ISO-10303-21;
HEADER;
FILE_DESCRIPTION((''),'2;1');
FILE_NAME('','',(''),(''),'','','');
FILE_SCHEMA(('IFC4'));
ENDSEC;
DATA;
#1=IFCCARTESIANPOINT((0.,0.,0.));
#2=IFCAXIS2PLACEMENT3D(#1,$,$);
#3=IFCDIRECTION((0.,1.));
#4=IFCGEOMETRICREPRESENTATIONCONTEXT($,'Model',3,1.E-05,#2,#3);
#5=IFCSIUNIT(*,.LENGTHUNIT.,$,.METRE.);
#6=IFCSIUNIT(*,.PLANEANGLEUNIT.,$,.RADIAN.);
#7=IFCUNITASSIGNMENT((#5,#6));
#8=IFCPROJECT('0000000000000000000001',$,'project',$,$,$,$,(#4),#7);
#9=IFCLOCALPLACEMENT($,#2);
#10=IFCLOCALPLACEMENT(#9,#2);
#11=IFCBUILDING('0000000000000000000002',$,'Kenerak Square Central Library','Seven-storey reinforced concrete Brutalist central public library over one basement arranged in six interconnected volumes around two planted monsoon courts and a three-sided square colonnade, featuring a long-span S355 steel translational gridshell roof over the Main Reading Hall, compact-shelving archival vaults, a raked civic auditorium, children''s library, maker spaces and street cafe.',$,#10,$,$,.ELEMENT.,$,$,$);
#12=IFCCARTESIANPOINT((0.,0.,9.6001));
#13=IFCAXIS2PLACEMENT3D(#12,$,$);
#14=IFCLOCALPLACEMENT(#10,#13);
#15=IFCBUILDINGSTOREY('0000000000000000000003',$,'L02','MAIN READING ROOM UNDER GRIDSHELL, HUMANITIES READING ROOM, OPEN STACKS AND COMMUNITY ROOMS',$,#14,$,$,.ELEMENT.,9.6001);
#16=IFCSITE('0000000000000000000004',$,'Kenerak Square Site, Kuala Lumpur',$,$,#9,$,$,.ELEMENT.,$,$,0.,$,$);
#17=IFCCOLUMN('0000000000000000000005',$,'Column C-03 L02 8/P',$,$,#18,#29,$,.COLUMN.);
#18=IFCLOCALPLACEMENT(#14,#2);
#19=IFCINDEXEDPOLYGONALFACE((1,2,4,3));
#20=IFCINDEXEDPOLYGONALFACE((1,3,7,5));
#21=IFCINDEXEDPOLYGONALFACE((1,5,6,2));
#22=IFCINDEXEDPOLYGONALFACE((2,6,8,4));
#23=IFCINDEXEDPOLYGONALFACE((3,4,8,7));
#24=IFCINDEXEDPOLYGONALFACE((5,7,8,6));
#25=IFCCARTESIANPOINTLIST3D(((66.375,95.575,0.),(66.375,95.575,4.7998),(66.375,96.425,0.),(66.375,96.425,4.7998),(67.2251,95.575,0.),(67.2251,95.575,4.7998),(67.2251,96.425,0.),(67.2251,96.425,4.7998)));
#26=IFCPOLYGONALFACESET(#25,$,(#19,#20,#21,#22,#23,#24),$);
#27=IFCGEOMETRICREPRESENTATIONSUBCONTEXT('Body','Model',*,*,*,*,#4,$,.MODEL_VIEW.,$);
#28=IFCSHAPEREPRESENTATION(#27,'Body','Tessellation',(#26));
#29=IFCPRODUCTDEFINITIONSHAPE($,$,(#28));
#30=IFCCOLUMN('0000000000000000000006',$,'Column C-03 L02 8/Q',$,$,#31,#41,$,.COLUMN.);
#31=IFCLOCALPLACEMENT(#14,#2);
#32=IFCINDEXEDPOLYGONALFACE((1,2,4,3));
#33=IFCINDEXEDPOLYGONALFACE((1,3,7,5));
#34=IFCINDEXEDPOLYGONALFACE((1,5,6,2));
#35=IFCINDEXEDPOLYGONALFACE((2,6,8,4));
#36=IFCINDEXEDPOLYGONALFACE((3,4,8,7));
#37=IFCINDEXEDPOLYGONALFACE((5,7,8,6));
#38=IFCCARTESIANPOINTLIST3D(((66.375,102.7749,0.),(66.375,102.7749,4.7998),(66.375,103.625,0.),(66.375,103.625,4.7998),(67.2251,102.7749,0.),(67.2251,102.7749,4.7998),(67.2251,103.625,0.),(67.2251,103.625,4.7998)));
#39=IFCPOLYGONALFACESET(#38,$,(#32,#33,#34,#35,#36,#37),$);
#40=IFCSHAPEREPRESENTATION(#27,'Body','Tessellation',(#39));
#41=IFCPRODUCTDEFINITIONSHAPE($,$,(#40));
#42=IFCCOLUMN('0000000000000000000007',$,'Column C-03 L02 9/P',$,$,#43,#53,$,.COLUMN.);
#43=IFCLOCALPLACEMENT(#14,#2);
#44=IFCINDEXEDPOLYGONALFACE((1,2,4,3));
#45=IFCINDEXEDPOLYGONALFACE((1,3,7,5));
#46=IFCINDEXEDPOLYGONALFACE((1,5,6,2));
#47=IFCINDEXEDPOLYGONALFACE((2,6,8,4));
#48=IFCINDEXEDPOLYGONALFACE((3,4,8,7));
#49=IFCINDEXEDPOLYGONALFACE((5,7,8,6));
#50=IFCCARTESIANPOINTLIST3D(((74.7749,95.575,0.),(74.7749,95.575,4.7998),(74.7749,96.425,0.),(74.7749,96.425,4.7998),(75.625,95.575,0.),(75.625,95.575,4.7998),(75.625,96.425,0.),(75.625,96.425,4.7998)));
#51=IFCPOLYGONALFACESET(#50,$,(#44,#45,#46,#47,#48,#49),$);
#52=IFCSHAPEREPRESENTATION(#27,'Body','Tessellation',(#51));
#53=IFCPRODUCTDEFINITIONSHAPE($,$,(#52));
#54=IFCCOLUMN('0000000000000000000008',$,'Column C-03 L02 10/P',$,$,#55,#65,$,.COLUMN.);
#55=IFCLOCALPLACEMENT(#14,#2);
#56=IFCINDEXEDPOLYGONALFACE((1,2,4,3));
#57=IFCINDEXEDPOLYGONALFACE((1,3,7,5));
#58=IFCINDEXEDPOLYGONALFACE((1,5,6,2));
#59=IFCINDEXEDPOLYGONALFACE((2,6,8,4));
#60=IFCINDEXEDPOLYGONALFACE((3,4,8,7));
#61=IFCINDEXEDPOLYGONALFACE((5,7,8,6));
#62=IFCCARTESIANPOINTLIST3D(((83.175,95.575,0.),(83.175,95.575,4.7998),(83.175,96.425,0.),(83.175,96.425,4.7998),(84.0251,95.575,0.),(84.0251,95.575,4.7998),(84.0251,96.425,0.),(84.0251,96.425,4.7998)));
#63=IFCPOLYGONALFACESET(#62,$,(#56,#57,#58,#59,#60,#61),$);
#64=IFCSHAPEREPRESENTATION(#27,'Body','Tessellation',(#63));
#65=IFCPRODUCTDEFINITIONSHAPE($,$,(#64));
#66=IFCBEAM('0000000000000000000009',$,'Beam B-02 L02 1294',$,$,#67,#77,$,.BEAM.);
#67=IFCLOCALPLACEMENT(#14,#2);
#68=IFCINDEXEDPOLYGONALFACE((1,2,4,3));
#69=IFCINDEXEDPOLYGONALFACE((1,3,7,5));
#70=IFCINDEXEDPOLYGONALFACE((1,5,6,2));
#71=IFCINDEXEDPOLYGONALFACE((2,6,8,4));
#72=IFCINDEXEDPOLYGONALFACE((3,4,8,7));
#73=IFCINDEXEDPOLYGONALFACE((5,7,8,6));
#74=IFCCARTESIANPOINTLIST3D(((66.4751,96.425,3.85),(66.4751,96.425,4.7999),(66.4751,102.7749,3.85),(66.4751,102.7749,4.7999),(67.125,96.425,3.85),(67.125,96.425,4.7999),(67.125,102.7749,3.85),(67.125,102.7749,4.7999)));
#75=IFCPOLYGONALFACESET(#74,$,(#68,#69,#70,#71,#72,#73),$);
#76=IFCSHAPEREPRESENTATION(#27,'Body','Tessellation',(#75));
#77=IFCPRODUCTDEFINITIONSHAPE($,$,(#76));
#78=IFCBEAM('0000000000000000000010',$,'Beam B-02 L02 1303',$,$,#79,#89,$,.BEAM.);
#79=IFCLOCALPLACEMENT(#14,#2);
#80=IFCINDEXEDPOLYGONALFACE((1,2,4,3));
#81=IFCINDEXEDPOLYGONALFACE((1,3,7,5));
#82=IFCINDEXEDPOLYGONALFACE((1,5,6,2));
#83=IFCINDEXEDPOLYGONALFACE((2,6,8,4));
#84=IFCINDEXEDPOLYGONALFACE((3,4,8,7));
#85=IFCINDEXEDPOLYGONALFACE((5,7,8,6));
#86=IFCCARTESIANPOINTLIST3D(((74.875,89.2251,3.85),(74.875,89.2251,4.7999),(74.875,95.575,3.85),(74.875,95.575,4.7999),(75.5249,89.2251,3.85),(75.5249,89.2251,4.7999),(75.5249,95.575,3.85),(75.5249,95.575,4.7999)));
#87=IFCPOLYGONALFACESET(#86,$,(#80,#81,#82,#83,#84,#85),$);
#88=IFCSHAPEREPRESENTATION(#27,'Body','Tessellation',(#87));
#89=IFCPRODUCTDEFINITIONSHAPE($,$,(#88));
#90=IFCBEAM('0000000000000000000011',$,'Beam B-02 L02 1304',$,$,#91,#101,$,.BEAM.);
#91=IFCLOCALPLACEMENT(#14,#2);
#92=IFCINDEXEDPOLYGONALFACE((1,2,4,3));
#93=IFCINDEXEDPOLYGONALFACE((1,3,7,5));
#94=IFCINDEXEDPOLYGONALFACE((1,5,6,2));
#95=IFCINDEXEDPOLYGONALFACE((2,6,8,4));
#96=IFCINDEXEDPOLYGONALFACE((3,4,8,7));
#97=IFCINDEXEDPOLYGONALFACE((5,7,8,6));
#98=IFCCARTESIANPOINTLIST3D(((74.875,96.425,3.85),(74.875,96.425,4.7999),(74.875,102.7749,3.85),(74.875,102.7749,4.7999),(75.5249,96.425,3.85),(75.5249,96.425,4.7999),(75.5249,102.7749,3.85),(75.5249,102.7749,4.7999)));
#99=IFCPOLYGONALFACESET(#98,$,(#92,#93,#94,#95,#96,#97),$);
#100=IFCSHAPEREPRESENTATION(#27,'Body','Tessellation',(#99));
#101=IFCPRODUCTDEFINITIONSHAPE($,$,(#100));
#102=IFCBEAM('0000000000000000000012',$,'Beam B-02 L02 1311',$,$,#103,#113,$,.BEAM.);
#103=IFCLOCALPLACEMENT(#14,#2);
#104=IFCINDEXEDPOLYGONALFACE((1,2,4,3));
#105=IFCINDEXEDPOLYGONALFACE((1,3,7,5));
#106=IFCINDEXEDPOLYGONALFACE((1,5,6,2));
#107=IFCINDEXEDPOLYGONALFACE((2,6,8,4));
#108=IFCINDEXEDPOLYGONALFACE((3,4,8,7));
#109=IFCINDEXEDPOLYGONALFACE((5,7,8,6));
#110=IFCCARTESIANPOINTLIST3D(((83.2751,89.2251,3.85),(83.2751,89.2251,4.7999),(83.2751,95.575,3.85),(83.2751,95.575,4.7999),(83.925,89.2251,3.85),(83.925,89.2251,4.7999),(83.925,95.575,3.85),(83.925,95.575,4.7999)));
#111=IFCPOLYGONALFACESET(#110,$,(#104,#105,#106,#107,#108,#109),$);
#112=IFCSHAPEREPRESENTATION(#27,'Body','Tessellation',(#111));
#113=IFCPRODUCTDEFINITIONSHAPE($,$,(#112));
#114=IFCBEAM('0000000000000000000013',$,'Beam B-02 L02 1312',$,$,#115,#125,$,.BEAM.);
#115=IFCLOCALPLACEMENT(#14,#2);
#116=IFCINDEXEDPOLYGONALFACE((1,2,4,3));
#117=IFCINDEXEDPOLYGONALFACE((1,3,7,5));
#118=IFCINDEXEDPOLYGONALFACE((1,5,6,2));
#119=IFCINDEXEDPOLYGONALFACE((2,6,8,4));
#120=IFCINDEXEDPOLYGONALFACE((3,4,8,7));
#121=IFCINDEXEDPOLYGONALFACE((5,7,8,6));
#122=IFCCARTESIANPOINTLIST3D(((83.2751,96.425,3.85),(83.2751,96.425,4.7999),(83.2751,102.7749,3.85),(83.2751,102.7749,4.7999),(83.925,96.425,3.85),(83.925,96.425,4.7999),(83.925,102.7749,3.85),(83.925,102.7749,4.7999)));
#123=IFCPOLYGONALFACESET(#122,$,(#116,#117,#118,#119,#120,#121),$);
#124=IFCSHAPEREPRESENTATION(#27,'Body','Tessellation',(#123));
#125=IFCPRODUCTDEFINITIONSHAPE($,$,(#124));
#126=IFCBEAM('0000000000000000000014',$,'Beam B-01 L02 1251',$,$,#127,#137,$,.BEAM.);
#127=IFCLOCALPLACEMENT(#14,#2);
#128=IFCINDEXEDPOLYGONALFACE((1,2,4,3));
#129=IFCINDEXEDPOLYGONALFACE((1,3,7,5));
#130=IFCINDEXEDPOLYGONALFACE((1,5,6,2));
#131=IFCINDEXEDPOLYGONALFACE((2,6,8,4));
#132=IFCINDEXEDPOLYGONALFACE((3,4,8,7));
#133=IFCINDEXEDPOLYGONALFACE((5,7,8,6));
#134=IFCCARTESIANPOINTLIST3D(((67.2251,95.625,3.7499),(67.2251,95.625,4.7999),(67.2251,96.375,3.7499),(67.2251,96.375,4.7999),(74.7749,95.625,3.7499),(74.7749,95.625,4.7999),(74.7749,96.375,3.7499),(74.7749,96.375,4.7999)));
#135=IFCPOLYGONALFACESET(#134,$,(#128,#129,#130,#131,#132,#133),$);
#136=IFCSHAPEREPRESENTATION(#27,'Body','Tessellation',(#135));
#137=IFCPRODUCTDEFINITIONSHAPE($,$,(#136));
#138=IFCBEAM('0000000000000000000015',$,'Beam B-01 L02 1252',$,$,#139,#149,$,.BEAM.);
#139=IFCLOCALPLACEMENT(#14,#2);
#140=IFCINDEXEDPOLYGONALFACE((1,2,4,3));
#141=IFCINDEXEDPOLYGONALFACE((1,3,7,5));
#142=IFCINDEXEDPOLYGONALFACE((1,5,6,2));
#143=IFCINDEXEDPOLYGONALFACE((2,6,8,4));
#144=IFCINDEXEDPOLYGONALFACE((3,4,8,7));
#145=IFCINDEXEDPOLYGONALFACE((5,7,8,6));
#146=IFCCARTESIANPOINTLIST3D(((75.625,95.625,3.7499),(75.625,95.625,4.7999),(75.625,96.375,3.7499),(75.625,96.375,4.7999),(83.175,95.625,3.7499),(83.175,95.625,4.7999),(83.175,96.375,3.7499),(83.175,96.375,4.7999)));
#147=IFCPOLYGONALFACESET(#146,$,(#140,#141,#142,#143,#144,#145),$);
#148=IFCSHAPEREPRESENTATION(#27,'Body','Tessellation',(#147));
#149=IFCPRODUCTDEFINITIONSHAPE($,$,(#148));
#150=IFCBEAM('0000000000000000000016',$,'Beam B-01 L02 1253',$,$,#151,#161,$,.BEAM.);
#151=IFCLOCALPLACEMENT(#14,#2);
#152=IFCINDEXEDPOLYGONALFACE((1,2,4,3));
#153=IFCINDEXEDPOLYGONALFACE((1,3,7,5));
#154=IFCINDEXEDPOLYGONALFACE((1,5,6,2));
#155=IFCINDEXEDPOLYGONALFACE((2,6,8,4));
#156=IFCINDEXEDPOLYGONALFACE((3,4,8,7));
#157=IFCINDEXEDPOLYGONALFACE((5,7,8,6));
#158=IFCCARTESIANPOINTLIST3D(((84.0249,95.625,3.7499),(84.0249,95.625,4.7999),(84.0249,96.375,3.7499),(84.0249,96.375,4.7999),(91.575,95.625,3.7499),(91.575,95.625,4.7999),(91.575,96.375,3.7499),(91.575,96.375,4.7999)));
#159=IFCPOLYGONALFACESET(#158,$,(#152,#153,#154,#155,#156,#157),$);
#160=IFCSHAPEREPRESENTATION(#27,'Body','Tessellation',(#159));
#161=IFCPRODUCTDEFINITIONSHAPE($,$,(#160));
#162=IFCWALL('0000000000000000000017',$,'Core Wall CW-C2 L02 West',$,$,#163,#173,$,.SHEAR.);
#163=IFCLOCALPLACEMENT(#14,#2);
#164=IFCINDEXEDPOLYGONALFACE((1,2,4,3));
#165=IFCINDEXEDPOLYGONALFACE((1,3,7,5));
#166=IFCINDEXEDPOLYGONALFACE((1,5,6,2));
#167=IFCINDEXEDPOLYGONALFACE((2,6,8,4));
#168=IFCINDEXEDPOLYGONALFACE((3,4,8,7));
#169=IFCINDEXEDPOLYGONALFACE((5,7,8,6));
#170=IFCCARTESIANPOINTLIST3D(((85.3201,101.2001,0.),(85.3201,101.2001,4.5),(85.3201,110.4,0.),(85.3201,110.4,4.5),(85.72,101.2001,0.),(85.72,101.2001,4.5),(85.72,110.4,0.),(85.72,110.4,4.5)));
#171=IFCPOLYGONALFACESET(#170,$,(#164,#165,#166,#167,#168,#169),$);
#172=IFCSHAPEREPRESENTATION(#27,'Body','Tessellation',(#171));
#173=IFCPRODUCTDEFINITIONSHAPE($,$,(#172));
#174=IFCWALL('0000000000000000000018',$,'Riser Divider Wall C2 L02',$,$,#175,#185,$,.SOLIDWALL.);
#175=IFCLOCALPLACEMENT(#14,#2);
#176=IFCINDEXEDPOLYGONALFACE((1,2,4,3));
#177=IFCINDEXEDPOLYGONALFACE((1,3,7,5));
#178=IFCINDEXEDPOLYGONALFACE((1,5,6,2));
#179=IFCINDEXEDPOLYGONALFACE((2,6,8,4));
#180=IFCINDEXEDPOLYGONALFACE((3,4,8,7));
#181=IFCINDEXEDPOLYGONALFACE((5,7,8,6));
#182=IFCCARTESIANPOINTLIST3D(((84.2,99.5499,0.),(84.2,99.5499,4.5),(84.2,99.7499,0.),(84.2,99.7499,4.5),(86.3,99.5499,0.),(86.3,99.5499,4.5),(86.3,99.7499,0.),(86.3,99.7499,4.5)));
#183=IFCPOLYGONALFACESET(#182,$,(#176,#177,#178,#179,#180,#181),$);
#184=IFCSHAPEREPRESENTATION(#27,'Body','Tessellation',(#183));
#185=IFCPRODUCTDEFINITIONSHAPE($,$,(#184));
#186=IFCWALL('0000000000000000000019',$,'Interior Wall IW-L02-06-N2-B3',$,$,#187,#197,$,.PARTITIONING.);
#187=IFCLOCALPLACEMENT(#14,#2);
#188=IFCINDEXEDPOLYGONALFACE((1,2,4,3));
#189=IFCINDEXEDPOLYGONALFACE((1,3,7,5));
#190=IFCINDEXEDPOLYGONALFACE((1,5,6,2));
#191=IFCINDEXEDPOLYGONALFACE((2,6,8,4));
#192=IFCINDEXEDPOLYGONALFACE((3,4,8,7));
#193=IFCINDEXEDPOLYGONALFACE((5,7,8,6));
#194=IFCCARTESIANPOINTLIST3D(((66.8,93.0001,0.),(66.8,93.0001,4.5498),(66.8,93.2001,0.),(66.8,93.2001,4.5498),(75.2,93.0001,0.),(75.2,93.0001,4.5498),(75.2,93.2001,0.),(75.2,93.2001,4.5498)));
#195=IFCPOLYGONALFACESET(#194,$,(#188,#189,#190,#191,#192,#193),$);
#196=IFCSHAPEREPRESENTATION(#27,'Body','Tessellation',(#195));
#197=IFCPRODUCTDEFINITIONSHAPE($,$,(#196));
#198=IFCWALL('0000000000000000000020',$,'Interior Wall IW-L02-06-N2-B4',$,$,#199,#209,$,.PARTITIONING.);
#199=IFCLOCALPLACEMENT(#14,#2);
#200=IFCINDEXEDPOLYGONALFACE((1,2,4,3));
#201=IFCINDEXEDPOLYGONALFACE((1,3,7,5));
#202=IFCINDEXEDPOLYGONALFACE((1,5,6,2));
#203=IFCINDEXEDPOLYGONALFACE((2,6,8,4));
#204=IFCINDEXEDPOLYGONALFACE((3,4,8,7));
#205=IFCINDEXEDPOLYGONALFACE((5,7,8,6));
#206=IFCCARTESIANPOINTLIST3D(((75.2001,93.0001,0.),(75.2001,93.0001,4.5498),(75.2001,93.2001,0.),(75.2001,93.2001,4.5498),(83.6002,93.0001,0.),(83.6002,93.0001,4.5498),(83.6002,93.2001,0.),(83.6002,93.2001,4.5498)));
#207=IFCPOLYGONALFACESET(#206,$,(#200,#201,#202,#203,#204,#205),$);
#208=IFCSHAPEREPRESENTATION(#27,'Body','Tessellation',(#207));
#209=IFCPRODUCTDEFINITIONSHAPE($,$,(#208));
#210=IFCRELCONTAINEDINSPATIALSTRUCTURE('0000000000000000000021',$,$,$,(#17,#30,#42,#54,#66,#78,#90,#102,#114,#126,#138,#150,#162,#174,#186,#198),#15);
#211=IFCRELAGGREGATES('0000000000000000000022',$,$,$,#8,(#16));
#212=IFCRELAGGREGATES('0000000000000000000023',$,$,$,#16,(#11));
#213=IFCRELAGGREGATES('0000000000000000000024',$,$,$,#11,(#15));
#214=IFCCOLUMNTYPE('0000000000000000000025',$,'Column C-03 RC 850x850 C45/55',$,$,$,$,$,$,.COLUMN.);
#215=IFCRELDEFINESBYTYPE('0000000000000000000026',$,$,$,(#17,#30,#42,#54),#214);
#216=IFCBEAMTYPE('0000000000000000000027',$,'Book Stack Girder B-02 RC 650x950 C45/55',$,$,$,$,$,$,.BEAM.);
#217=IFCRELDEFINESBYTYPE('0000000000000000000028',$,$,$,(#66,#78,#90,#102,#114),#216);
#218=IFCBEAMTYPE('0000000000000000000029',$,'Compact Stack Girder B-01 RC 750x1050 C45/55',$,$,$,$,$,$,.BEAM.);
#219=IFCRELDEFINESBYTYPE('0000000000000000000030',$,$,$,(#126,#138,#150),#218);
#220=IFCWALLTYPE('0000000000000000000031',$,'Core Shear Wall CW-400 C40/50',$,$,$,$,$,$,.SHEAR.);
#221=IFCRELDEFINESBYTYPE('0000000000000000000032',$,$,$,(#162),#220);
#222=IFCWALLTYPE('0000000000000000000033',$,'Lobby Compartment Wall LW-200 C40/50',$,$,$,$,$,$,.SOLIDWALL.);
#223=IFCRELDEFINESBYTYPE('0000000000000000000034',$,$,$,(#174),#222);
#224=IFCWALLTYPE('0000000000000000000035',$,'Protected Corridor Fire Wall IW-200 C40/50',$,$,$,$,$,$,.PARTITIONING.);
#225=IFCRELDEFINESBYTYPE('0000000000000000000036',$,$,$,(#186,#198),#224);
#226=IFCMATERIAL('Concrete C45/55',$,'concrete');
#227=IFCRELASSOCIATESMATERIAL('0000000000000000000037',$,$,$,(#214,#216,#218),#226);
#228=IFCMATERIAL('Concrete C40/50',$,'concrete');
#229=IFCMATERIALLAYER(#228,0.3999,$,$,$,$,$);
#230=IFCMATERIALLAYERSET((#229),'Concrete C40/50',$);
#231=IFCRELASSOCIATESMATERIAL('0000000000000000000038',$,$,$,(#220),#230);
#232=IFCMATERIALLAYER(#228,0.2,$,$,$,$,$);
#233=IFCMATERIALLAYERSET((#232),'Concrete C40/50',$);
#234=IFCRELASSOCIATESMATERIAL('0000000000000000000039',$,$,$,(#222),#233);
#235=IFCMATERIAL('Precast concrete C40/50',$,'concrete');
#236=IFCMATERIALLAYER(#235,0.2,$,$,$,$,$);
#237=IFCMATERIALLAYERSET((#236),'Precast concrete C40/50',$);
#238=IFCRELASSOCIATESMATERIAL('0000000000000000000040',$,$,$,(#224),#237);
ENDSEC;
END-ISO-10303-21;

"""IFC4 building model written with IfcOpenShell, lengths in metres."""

from ifc_helpers import new_model, si_unit, direction, frame, frame_2d, origin, origin_2d, place, context, subcontext, project, spatial, rectangle, extrude, material, layer, layer_set, material_profile, profile_set, type_object, element, save


model = new_model("IFC4")

# Units and contexts
model_context = context("Model", 3, precision=1e-05, world=origin(), true_north=direction((0.0, 1.0)))
body_context = subcontext(model_context, "Body", "Model", "MODEL_VIEW")
ifc_project = project(units=[si_unit("LENGTHUNIT", "METRE"), si_unit("PLANEANGLEUNIT", "RADIAN")], contexts=[model_context])

# Site, building, storey
site_placement = place(None, origin())
site = spatial("IfcSite", under=ifc_project, at=site_placement, Name="Kenerak Square Site, Kuala Lumpur", CompositionType="ELEMENT", RefElevation=0.0)
building_placement = place(site_placement, origin())
building = spatial("IfcBuilding", under=site, at=building_placement, Name="Kenerak Square Central Library", Description="Seven-storey reinforced concrete Brutalist central public library over one basement arranged in six interconnected volumes around two planted monsoon courts and a three-sided square colonnade, featuring a long-span S355 steel translational gridshell roof over the Main Reading Hall, compact-shelving archival vaults, a raked civic auditorium, children's library, maker spaces and street cafe.", CompositionType="ELEMENT")
storey_placement = place(building_placement, frame((0.0, 0.0, 9.6001)))
storey = spatial("IfcBuildingStorey", under=building, at=storey_placement, Name="L02", Description="MAIN READING ROOM UNDER GRIDSHELL, HUMANITIES READING ROOM, OPEN STACKS AND COMMUNITY ROOMS", CompositionType="ELEMENT", Elevation=9.6001)

# Columns
ifc_material_1 = material(Name="Concrete C45/55", Category="concrete")
ifc_material_profile_1 = material_profile(ifc_material_1, rectangle(XDim=0.8501, YDim=0.8501, at=origin_2d()), Name="RC 850x850")
ifc_profile_set_1 = profile_set([ifc_material_profile_1], Name="Concrete C45/55")
column_type = type_object("IfcColumnType", Name="Column C-03 RC 850x850 C45/55", PredefinedType="COLUMN", material=ifc_profile_set_1)
for number, where, z_axis, x_axis, name in (
    (1, (66.8, 96.0, 0.0), (0.0, 0.0, 1.0), (1.0, 0.0, 0.0), "Column C-03 L02 8/P"),
    (2, (66.8, 103.2, 0.0), (0.0, 0.0, 1.0), (1.0, 0.0, 0.0), "Column C-03 L02 8/Q"),
    (3, (75.2, 96.0, 0.0), (0.0, 0.0, 1.0), (1.0, 0.0, 0.0), "Column C-03 L02 9/P"),
    (4, (83.6001, 96.0, 0.0), (0.0, 0.0, 1.0), (1.0, 0.0, 0.0), "Column C-03 L02 10/P"),
):
    element("IfcColumn", number, at=place(storey_placement, frame(where, z_axis=z_axis, x_axis=x_axis)), inside=storey, type_object=column_type, Name=name, PredefinedType="COLUMN", context=body_context, shape_type="SweptSolid", body=[
        extrude(rectangle(XDim=0.8501, YDim=0.8501, at=origin_2d()), origin(), (0.0, 0.0, 1.0), 4.7998),
    ])

# Beams
ifc_material_profile_2 = material_profile(ifc_material_1, rectangle(XDim=0.6499, YDim=0.95, at=origin_2d()), Name="RC 650x950")
ifc_profile_set_2 = profile_set([ifc_material_profile_2], Name="Concrete C45/55")
beam_type_1 = type_object("IfcBeamType", Name="Book Stack Girder B-02 RC 650x950 C45/55", PredefinedType="BEAM", material=ifc_profile_set_2)
for number, where, z_axis, x_axis, name in (
    (5, (66.8, 96.425, 4.325), (0.0, 1.0, 0.0), (-1.0, 0.0, 0.0), "Beam B-02 L02 1294"),
    (6, (75.2, 89.2251, 4.325), (0.0, 1.0, 0.0), (-1.0, 0.0, 0.0), "Beam B-02 L02 1303"),
    (7, (75.2, 96.425, 4.325), (0.0, 1.0, 0.0), (-1.0, 0.0, 0.0), "Beam B-02 L02 1304"),
    (8, (83.6001, 89.2251, 4.325), (0.0, 1.0, 0.0), (-1.0, 0.0, 0.0), "Beam B-02 L02 1311"),
    (9, (83.6001, 96.425, 4.325), (0.0, 1.0, 0.0), (-1.0, 0.0, 0.0), "Beam B-02 L02 1312"),
):
    element("IfcBeam", number, at=place(storey_placement, frame(where, z_axis=z_axis, x_axis=x_axis)), inside=storey, type_object=beam_type_1, Name=name, PredefinedType="BEAM", context=body_context, shape_type="SweptSolid", body=[
        extrude(rectangle(XDim=0.6499, YDim=0.95, at=origin_2d()), origin(), (0.0, 0.0, 1.0), 6.3499),
    ])
ifc_material_profile_3 = material_profile(ifc_material_1, rectangle(XDim=0.75, YDim=1.05, at=origin_2d()), Name="RC 750x1050")
ifc_profile_set_3 = profile_set([ifc_material_profile_3], Name="Concrete C45/55")
beam_type_2 = type_object("IfcBeamType", Name="Compact Stack Girder B-01 RC 750x1050 C45/55", PredefinedType="BEAM", material=ifc_profile_set_3)
beam_placement = place(storey_placement, frame((67.2251, 96.0, 4.2749), z_axis=(1.0, 0.0, 0.0), x_axis=(0.0, 1.0, 0.0)))
element("IfcBeam", 10, at=beam_placement, inside=storey, type_object=beam_type_2, Name="Beam B-01 L02 1251", PredefinedType="BEAM", context=body_context, shape_type="SweptSolid", body=[
    extrude(rectangle(XDim=0.75, YDim=1.05, at=origin_2d()), origin(), (0.0, 0.0, 1.0), 7.5498),
])
for number, where, z_axis, x_axis, name in (
    (11, (75.625, 96.0, 4.2749), (1.0, 0.0, 0.0), (0.0, 1.0, 0.0), "Beam B-01 L02 1252"),
    (12, (84.0249, 96.0, 4.2749), (1.0, 0.0, 0.0), (0.0, 1.0, 0.0), "Beam B-01 L02 1253"),
):
    element("IfcBeam", number, at=place(storey_placement, frame(where, z_axis=z_axis, x_axis=x_axis)), inside=storey, type_object=beam_type_2, Name=name, PredefinedType="BEAM", context=body_context, shape_type="SweptSolid", body=[
        extrude(rectangle(XDim=0.75, YDim=1.05, at=origin_2d()), origin(), (0.0, 0.0, 1.0), 7.55),
    ])

# Walls
ifc_material_2 = material(Name="Concrete C40/50", Category="concrete")
ifc_layer_1 = layer(ifc_material_2, 0.3999)
ifc_layer_set_1 = layer_set([ifc_layer_1], Name="Concrete C40/50")
wall_type_1 = type_object("IfcWallType", Name="Core Shear Wall CW-400 C40/50", PredefinedType="SHEAR", material=ifc_layer_set_1)
wall_1_placement = place(storey_placement, frame((85.52, 101.2, 0.0), z_axis=(0.0, 0.0, 1.0), x_axis=(0.0, 1.0, 0.0)))
element("IfcWall", 13, at=wall_1_placement, inside=storey, type_object=wall_type_1, Name="Core Wall CW-C2 L02 West", PredefinedType="SHEAR", context=body_context, shape_type="SweptSolid", body=[
    extrude(rectangle(XDim=9.2, YDim=0.3999, at=frame_2d((4.6001, 0.0))), origin(), (0.0, 0.0, 1.0), 4.5),
])
ifc_layer_2 = layer(ifc_material_2, 0.2)
ifc_layer_set_2 = layer_set([ifc_layer_2], Name="Concrete C40/50")
wall_type_2 = type_object("IfcWallType", Name="Lobby Compartment Wall LW-200 C40/50", PredefinedType="SOLIDWALL", material=ifc_layer_set_2)
wall_2_placement = place(storey_placement, frame((84.2, 99.6499, 0.0), z_axis=(0.0, 0.0, 1.0), x_axis=(1.0, 0.0, 0.0)))
element("IfcWall", 14, at=wall_2_placement, inside=storey, type_object=wall_type_2, Name="Riser Divider Wall C2 L02", PredefinedType="SOLIDWALL", context=body_context, shape_type="SweptSolid", body=[
    extrude(rectangle(XDim=2.1001, YDim=0.2, at=frame_2d((1.05, 0.0))), origin(), (0.0, 0.0, 1.0), 4.5),
])
ifc_material_3 = material(Name="Precast concrete C40/50", Category="concrete")
ifc_layer_3 = layer(ifc_material_3, 0.2)
ifc_layer_set_3 = layer_set([ifc_layer_3], Name="Precast concrete C40/50")
wall_type_3 = type_object("IfcWallType", Name="Protected Corridor Fire Wall IW-200 C40/50", PredefinedType="PARTITIONING", material=ifc_layer_set_3)
wall_3_placement = place(storey_placement, frame((66.8, 93.1001, 0.0), z_axis=(0.0, 0.0, 1.0), x_axis=(1.0, 0.0, 0.0)))
element("IfcWall", 15, at=wall_3_placement, inside=storey, type_object=wall_type_3, Name="Interior Wall IW-L02-06-N2-B3", PredefinedType="PARTITIONING", context=body_context, shape_type="SweptSolid", body=[
    extrude(rectangle(XDim=8.3999, YDim=0.2, at=frame_2d((4.2, 0.0))), origin(), (0.0, 0.0, 1.0), 4.5498),
])
wall_4_placement = place(storey_placement, frame((75.2, 93.1001, 0.0), z_axis=(0.0, 0.0, 1.0), x_axis=(1.0, 0.0, 0.0)))
element("IfcWall", 16, at=wall_4_placement, inside=storey, type_object=wall_type_3, Name="Interior Wall IW-L02-06-N2-B4", PredefinedType="PARTITIONING", context=body_context, shape_type="SweptSolid", body=[
    extrude(rectangle(XDim=8.4001, YDim=0.2, at=frame_2d((4.2002, 0.0))), origin(), (0.0, 0.0, 1.0), 4.5498),
])

save(model, "model.ifc")
